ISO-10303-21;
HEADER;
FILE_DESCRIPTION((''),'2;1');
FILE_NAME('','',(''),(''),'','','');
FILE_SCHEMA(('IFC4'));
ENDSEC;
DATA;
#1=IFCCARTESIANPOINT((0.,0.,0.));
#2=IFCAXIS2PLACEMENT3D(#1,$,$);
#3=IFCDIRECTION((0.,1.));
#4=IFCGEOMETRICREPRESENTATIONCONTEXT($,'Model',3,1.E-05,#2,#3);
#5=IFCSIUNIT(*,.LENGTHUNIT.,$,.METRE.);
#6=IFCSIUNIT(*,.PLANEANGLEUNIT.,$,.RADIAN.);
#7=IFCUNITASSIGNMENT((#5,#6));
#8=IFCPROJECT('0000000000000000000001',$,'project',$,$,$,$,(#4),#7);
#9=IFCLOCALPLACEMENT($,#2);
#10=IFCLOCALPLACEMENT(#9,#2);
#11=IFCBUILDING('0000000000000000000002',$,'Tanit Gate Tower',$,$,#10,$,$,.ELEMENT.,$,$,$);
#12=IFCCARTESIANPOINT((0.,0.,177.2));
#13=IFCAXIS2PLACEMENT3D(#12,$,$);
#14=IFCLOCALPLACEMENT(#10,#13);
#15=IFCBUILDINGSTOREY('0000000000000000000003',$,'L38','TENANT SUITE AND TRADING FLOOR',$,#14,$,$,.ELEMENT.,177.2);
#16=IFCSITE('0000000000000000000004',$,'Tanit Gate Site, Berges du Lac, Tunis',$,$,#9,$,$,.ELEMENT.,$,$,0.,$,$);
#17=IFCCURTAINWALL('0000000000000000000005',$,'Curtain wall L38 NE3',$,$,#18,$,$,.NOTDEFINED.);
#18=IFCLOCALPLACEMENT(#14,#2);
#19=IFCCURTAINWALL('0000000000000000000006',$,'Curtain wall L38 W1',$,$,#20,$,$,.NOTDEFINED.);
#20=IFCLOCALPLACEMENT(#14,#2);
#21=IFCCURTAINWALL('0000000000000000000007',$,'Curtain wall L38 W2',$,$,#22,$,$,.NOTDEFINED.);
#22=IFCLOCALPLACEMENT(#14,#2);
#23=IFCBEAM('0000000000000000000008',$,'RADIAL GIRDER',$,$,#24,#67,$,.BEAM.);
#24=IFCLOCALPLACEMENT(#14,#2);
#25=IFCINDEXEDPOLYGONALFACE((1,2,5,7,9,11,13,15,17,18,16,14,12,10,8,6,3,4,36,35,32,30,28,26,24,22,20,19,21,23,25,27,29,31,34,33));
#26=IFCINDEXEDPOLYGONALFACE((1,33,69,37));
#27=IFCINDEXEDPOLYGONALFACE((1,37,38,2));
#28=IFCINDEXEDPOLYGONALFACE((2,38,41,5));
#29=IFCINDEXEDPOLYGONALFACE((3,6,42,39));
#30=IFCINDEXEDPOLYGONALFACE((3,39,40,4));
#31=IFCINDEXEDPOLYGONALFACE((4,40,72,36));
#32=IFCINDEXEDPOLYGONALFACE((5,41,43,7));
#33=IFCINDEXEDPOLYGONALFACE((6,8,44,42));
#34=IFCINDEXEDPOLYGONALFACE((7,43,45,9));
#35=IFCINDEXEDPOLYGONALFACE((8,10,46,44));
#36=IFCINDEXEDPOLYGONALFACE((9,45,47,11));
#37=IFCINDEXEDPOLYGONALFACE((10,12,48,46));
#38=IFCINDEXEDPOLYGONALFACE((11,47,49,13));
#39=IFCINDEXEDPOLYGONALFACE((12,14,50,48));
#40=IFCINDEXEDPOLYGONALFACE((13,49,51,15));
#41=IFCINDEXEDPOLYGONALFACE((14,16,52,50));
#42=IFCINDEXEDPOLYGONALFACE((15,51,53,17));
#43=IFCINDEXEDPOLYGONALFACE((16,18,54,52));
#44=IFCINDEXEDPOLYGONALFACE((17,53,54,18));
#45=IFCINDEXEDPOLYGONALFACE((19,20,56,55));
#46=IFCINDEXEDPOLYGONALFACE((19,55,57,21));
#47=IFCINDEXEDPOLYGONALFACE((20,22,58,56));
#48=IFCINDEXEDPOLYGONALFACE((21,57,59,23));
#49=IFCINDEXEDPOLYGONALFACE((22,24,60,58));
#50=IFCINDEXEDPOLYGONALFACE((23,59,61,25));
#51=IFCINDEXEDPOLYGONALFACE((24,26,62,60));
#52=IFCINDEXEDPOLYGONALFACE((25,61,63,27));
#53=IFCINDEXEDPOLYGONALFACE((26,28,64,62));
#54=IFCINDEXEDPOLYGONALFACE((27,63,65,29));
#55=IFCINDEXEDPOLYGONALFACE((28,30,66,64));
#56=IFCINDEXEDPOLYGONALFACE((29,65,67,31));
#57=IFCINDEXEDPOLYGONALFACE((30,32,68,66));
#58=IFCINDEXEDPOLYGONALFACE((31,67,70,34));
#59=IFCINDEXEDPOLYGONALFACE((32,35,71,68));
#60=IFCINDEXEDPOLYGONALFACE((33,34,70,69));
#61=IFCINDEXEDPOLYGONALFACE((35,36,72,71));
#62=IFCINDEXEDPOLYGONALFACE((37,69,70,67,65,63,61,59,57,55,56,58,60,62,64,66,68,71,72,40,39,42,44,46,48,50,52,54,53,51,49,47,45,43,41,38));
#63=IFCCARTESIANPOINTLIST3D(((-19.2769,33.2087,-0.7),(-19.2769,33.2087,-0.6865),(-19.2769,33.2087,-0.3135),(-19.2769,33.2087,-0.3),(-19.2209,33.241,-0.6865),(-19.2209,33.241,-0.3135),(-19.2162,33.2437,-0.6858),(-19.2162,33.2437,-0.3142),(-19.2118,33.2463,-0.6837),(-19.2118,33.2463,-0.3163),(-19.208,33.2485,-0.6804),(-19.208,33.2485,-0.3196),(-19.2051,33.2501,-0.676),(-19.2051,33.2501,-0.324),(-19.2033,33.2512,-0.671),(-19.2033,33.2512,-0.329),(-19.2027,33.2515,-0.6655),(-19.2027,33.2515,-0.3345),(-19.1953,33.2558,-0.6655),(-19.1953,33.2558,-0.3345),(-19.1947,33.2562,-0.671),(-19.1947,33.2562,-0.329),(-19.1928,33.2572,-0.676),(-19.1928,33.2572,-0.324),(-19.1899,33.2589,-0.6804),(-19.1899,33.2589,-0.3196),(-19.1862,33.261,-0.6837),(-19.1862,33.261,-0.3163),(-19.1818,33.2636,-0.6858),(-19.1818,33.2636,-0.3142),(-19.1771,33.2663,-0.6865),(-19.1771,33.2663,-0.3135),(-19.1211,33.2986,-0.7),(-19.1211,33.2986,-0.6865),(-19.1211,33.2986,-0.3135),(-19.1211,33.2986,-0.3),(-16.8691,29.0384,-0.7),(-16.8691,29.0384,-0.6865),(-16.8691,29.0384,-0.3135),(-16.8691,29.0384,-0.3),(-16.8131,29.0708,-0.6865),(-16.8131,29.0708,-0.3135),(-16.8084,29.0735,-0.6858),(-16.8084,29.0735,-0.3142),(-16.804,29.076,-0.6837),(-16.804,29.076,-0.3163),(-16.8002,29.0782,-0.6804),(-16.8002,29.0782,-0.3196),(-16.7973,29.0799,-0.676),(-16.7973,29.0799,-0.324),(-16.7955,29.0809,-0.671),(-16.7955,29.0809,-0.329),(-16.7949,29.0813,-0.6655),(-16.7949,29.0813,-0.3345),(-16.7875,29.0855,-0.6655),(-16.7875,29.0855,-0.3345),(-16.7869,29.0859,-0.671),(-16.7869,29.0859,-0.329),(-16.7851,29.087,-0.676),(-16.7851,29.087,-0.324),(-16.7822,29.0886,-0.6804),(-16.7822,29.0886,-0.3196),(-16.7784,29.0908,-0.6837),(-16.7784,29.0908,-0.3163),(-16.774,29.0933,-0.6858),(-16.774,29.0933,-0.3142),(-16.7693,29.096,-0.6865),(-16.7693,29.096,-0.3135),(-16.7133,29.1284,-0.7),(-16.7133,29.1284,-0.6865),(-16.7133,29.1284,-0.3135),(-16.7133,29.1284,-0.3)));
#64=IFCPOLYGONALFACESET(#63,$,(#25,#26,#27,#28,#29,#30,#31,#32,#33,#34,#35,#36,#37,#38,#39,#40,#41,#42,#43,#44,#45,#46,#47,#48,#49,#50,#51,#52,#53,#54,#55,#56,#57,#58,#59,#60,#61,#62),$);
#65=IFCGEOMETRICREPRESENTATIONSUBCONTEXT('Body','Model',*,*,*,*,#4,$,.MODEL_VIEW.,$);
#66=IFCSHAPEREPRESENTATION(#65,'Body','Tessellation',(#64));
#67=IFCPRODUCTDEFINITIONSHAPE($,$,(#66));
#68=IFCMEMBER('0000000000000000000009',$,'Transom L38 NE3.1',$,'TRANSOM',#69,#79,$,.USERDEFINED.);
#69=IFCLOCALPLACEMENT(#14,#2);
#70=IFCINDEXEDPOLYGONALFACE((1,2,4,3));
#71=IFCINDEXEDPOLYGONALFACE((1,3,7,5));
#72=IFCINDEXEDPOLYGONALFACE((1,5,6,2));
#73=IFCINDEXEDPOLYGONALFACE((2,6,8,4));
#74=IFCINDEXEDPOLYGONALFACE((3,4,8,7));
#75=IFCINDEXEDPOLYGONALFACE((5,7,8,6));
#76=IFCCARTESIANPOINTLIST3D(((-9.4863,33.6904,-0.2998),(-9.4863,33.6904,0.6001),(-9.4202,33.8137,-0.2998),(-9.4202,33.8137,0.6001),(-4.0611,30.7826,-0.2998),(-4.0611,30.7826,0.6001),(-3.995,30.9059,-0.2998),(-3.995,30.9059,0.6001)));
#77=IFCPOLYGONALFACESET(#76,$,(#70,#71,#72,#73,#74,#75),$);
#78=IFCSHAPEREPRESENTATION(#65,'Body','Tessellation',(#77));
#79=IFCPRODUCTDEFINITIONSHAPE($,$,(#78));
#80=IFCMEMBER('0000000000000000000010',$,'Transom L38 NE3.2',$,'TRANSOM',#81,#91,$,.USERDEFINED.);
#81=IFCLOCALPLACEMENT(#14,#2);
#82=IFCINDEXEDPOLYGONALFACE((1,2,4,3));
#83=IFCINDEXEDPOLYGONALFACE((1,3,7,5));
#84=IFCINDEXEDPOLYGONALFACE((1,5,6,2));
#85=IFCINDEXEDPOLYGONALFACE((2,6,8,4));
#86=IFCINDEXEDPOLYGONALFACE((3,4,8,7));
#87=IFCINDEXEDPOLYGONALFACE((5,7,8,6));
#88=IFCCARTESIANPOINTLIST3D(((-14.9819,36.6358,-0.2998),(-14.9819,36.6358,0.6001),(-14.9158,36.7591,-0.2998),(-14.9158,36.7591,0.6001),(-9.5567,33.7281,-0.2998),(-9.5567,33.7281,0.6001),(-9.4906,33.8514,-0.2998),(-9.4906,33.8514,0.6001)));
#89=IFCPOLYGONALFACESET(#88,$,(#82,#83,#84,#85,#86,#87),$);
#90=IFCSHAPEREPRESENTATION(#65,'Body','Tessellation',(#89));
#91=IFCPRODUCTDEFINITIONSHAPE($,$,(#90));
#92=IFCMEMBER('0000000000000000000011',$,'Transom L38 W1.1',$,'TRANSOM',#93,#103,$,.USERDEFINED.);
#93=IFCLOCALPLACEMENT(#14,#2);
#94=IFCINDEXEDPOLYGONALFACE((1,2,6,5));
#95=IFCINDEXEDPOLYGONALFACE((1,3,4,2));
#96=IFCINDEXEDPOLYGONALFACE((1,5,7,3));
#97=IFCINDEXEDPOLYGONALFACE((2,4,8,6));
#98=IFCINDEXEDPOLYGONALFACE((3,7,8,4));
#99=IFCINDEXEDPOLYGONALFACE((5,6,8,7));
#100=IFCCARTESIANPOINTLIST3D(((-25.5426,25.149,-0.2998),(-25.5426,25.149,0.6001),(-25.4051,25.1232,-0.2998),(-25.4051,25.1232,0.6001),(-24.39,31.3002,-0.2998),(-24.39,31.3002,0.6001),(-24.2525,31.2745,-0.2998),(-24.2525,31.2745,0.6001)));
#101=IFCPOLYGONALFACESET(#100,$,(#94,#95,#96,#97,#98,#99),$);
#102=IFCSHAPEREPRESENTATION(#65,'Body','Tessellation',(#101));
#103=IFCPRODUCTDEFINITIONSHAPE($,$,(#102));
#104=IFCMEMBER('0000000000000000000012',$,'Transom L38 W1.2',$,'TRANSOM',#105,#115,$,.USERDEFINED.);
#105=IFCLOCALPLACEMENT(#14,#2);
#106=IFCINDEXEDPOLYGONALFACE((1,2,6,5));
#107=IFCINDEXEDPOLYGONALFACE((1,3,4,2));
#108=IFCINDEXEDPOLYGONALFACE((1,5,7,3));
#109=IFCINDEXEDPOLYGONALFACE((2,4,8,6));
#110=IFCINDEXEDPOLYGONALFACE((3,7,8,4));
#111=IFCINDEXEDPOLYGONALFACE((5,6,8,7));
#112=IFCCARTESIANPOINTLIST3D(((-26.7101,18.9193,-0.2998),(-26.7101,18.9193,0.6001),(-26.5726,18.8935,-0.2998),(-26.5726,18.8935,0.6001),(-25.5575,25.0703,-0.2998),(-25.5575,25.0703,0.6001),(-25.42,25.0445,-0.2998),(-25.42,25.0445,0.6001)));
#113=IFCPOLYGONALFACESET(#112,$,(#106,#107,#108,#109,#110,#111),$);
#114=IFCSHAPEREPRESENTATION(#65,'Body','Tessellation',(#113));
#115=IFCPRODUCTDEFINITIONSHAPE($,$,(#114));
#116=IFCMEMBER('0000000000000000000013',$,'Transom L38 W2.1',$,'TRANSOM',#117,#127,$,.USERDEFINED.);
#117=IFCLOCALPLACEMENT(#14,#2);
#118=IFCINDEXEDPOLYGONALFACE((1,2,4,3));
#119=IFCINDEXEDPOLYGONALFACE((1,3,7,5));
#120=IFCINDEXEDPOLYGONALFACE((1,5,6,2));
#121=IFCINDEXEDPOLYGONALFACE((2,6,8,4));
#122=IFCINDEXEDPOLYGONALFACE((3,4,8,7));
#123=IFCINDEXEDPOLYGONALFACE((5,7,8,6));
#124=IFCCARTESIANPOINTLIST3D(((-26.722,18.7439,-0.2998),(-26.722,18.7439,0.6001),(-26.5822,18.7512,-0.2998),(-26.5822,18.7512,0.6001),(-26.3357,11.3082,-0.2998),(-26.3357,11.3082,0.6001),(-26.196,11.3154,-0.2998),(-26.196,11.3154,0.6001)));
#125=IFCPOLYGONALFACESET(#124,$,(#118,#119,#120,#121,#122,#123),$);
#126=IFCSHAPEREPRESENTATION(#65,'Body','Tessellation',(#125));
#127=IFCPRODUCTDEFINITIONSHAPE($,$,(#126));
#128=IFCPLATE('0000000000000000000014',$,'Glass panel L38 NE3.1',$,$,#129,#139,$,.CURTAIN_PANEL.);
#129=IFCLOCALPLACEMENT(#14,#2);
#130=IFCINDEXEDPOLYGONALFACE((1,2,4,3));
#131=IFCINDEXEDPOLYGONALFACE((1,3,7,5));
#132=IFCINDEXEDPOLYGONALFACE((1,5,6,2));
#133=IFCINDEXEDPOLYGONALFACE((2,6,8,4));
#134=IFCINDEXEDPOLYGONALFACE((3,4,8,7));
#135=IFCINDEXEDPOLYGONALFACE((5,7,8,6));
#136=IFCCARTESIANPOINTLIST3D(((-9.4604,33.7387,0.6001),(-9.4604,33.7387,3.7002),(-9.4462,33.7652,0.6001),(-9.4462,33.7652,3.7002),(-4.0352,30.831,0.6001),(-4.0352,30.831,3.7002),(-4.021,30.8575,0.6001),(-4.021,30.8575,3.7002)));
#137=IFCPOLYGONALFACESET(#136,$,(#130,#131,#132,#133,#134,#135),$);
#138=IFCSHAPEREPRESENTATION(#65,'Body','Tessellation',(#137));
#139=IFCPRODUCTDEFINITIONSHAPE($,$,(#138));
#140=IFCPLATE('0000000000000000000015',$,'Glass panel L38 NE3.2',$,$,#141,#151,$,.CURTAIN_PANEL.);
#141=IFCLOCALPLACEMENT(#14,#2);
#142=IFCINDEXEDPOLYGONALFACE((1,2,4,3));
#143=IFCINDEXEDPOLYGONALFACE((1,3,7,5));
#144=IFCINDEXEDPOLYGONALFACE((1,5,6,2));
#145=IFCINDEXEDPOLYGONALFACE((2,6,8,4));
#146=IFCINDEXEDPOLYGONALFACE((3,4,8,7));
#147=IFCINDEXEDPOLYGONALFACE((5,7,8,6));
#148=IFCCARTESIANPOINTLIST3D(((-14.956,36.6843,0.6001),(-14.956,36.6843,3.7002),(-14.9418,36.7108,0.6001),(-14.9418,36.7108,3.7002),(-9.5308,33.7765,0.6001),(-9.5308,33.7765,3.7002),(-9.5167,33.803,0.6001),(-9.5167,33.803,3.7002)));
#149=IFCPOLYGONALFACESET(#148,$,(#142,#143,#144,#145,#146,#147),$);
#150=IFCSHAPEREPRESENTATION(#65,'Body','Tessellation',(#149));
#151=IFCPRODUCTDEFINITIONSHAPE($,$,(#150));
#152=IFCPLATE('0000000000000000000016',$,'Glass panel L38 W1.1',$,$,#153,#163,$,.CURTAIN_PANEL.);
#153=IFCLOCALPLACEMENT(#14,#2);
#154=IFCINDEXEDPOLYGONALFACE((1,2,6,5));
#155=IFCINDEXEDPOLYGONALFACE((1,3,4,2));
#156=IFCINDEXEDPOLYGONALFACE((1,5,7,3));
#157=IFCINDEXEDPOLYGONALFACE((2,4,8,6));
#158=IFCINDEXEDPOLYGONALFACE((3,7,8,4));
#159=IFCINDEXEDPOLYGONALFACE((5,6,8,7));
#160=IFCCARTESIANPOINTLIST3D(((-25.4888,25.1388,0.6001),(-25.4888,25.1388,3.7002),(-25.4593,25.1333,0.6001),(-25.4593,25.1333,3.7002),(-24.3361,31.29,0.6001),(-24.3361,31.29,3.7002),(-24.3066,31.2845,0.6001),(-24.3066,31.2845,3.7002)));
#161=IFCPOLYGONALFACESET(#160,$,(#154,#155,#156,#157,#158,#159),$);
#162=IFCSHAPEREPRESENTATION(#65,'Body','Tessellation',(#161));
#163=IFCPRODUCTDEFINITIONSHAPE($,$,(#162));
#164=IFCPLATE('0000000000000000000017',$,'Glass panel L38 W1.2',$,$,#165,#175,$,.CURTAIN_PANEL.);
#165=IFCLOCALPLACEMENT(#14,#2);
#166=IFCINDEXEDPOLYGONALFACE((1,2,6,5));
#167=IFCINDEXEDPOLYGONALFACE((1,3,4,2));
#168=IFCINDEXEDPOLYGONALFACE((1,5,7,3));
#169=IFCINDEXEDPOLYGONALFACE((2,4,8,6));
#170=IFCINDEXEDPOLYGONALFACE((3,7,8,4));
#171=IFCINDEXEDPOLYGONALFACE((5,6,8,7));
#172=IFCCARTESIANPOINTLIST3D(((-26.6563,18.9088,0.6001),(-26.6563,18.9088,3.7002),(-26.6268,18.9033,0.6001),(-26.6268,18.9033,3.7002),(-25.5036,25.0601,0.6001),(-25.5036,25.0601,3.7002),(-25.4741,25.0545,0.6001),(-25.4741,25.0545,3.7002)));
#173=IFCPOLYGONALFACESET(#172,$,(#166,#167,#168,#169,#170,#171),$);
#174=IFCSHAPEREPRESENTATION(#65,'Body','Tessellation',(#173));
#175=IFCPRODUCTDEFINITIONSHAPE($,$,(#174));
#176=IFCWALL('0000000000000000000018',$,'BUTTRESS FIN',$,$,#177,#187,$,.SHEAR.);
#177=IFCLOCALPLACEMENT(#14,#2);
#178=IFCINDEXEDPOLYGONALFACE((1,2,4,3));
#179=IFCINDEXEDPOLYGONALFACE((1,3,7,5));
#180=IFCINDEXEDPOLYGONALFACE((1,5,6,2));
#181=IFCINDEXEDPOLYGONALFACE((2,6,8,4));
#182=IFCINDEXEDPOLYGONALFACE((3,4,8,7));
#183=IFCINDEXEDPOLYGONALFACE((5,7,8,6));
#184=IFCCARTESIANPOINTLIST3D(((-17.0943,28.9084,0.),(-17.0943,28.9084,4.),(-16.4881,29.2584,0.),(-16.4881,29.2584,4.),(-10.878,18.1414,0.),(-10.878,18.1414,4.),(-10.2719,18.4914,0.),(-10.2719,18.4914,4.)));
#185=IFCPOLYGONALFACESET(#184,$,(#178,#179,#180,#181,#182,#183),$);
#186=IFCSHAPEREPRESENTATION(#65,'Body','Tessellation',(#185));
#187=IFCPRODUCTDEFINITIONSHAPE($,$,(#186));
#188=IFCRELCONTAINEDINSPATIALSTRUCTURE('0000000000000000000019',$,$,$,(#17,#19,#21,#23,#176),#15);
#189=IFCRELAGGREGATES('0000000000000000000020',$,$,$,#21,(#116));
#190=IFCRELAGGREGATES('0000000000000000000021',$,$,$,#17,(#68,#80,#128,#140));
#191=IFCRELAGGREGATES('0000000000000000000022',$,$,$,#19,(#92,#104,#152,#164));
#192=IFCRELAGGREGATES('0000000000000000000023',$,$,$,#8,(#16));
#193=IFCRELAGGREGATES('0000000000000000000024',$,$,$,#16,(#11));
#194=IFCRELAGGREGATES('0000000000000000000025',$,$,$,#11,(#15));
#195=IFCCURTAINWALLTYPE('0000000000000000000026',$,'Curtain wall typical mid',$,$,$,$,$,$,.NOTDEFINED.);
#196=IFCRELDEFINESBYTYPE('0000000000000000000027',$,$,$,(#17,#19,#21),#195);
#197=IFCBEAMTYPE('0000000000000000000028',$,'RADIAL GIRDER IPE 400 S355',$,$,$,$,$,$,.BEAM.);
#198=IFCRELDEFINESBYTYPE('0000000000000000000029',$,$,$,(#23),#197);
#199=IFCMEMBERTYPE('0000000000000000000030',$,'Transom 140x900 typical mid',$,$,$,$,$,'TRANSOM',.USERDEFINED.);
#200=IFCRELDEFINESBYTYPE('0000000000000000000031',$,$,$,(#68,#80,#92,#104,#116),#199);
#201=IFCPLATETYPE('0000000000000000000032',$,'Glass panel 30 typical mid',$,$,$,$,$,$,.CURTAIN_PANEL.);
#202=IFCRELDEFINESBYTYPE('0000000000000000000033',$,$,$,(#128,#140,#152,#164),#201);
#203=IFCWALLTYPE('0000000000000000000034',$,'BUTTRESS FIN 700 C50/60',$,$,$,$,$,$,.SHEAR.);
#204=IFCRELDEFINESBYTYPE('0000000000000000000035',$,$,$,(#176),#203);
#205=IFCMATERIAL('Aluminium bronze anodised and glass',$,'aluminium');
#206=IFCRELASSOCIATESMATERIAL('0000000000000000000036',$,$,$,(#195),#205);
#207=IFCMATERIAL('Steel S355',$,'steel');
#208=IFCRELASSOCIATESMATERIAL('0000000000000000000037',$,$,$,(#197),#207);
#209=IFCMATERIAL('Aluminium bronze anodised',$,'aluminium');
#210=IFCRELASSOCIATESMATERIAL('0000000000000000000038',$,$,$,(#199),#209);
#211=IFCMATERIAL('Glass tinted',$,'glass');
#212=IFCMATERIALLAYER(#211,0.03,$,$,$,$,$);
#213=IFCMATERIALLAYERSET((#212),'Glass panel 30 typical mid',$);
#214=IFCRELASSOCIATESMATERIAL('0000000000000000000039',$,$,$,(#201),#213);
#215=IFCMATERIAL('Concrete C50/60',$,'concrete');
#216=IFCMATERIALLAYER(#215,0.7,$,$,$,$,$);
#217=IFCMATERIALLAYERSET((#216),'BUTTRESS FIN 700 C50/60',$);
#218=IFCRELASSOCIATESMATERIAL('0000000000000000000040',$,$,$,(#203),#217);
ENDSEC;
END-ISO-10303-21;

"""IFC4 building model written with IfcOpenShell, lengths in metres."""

from ifc_helpers import new_model, si_unit, direction, frame, frame_2d, origin, origin_2d, place, context, subcontext, project, spatial, rectangle, i_section, extrude, material, layer, layer_set, material_profile, profile_set, type_object, element, aggregate, save


model = new_model("IFC4")

# Units and contexts
model_context = context("Model", 3, precision=1e-05, world=origin(), true_north=direction((0.0, 1.0)))
body_context = subcontext(model_context, "Body", "Model", "MODEL_VIEW")
ifc_project = project(units=[si_unit("LENGTHUNIT", "METRE"), si_unit("PLANEANGLEUNIT", "RADIAN")], contexts=[model_context])

# Site, building, storey
site_placement = place(None, origin())
site = spatial("IfcSite", under=ifc_project, at=site_placement, Name="Tanit Gate Site, Berges du Lac, Tunis", CompositionType="ELEMENT", RefElevation=0.0)
building_placement = place(site_placement, origin())
building = spatial("IfcBuilding", under=site, at=building_placement, Name="Tanit Gate Tower", CompositionType="ELEMENT")
storey_placement = place(building_placement, frame((0.0, 0.0, 177.2)))
storey = spatial("IfcBuildingStorey", under=building, at=storey_placement, Name="L38", Description="TENANT SUITE AND TRADING FLOOR", CompositionType="ELEMENT", Elevation=177.2)

# Curtain wall
ifc_material_1 = material(Name="Aluminium bronze anodised and glass", Category="aluminium")
curtain_wall_type = type_object("IfcCurtainWallType", Name="Curtain wall typical mid", PredefinedType="NOTDEFINED", material=ifc_material_1)
curtain_wall_1_placement = place(storey_placement, origin())
curtain_wall_1 = element("IfcCurtainWall", 1, at=curtain_wall_1_placement, inside=storey, type_object=curtain_wall_type, Name="Curtain wall L38 NE3", PredefinedType="NOTDEFINED")

# Curtain walls
curtain_wall_2_placement = place(storey_placement, origin())
curtain_wall_2 = element("IfcCurtainWall", 2, at=curtain_wall_2_placement, inside=storey, type_object=curtain_wall_type, Name="Curtain wall L38 W1", PredefinedType="NOTDEFINED")
curtain_wall_3_placement = place(storey_placement, origin())
curtain_wall_3 = element("IfcCurtainWall", 3, at=curtain_wall_3_placement, inside=storey, type_object=curtain_wall_type, Name="Curtain wall L38 W2", PredefinedType="NOTDEFINED")

# Beam
ifc_material_2 = material(Name="Steel S355", Category="steel")
ifc_material_profile_1 = material_profile(ifc_material_2, i_section(OverallWidth=0.1799, OverallDepth=0.3999, WebThickness=0.0085, FlangeThickness=0.0134, FilletRadius=0.021, at=origin_2d()), Name="IPE 400")
ifc_profile_set_1 = profile_set([ifc_material_profile_1], Name="Steel S355")
beam_type_1 = type_object("IfcBeamType", Name="RADIAL GIRDER IPE 400 S355", PredefinedType="BEAM", material=ifc_profile_set_1)
beam_1_placement = place(storey_placement, frame((-19.199, 33.2537, -0.5), z_axis=(0.500011, -0.866019, 0.0), x_axis=(0.866019, 0.500011, 0.0)))
element("IfcBeam", 4, at=beam_1_placement, inside=storey, type_object=beam_type_1, Name="RADIAL GIRDER", PredefinedType="BEAM", context=body_context, shape_type="SweptSolid", body=[
    extrude(i_section(OverallWidth=0.1799, OverallDepth=0.3999, WebThickness=0.0085, FlangeThickness=0.0134, FilletRadius=0.021, at=origin_2d()), origin(), (0.0, 0.0, 1.0), 4.8154),
])

# Members
ifc_material_3 = material(Name="Aluminium bronze anodised", Category="aluminium")
ifc_material_profile_2 = material_profile(ifc_material_3, rectangle(XDim=0.1399, YDim=0.8999, at=origin_2d()), Name="140x900 bronze transom")
ifc_profile_set_2 = profile_set([ifc_material_profile_2], Name="Aluminium bronze anodised")
member_type_1 = type_object("IfcMemberType", Name="Transom 140x900 typical mid", ElementType="TRANSOM", PredefinedType="USERDEFINED", material=ifc_profile_set_2)
member_1_placement = place(storey_placement, frame((-4.0281, 30.8442, 0.1501), z_axis=(-0.881383, 0.472403, 0.0), x_axis=(-0.472403, -0.881383, 0.0)))
member_1 = element("IfcMember", 5, at=member_1_placement, type_object=member_type_1, Name="Transom L38 NE3.1", ObjectType="TRANSOM", PredefinedType="USERDEFINED", context=body_context, shape_type="SweptSolid", body=[
    extrude(rectangle(XDim=0.1399, YDim=0.8999, at=origin_2d()), origin(), (0.0, 0.0, 1.0), 6.1553),
])
member_2_placement = place(storey_placement, frame((-9.5237, 33.7898, 0.1501), z_axis=(-0.881392, 0.472387, 0.0), x_axis=(-0.472387, -0.881392, 0.0)))
member_2 = element("IfcMember", 6, at=member_2_placement, type_object=member_type_1, Name="Transom L38 NE3.2", ObjectType="TRANSOM", PredefinedType="USERDEFINED", context=body_context, shape_type="SweptSolid", body=[
    extrude(rectangle(XDim=0.1399, YDim=0.8999, at=origin_2d()), origin(), (0.0, 0.0, 1.0), 6.1553),
])
member_3_placement = place(storey_placement, frame((-24.3213, 31.2874, 0.1501), z_axis=(-0.184166, -0.982895, 0.0), x_axis=(0.982895, -0.184166, 0.0)))
member_3 = element("IfcMember", 7, at=member_3_placement, type_object=member_type_1, Name="Transom L38 W1.1", ObjectType="TRANSOM", PredefinedType="USERDEFINED", context=body_context, shape_type="SweptSolid", body=[
    extrude(rectangle(XDim=0.1399, YDim=0.8999, at=origin_2d()), origin(), (0.0, 0.0, 1.0), 6.2583),
])
member_4_placement = place(storey_placement, frame((-25.4888, 25.0574, 0.1501), z_axis=(-0.184173, -0.982894, 0.0), x_axis=(0.982894, -0.184173, 0.0)))
member_4 = element("IfcMember", 8, at=member_4_placement, type_object=member_type_1, Name="Transom L38 W1.2", ObjectType="TRANSOM", PredefinedType="USERDEFINED", context=body_context, shape_type="SweptSolid", body=[
    extrude(rectangle(XDim=0.1399, YDim=0.8999, at=origin_2d()), origin(), (0.0, 0.0, 1.0), 6.2581),
])
member_5_placement = place(storey_placement, frame((-26.6521, 18.7476, 0.1501), z_axis=(0.051872, -0.998654, 0.0), x_axis=(0.998654, 0.051872, 0.0)))
member_5 = element("IfcMember", 9, at=member_5_placement, type_object=member_type_1, Name="Transom L38 W2.1", ObjectType="TRANSOM", PredefinedType="USERDEFINED", context=body_context, shape_type="SweptSolid", body=[
    extrude(rectangle(XDim=0.1399, YDim=0.8999, at=origin_2d()), origin(), (0.0, 0.0, 1.0), 7.4458),
])
aggregate(curtain_wall_3, [member_5])

# Plates
ifc_material_4 = material(Name="Glass tinted", Category="glass")
ifc_layer_1 = layer(ifc_material_4, 0.03)
ifc_layer_set_1 = layer_set([ifc_layer_1], Name="Glass panel 30 typical mid")
plate_type = type_object("IfcPlateType", Name="Glass panel 30 typical mid", PredefinedType="CURTAIN_PANEL", material=ifc_layer_set_1)
plate_1_placement = place(storey_placement, frame((-6.7407, 32.2981, 0.6001), z_axis=(0.0, 0.0, 1.0), x_axis=(-0.881385, 0.472399, 0.0)))
plate_1 = element("IfcPlate", 10, at=plate_1_placement, type_object=plate_type, Name="Glass panel L38 NE3.1", PredefinedType="CURTAIN_PANEL", context=body_context, shape_type="SweptSolid", body=[
    extrude(rectangle(XDim=6.1553, YDim=0.03, at=origin_2d()), origin(), (0.0, 0.0, 1.0), 3.1001),
])
plate_2_placement = place(storey_placement, frame((-12.2363, 35.2437, 0.6001), z_axis=(0.0, 0.0, 1.0), x_axis=(-0.881385, 0.472399, 0.0)))
plate_2 = element("IfcPlate", 11, at=plate_2_placement, type_object=plate_type, Name="Glass panel L38 NE3.2", PredefinedType="CURTAIN_PANEL", context=body_context, shape_type="SweptSolid", body=[
    extrude(rectangle(XDim=6.1553, YDim=0.03, at=origin_2d()), origin(), (0.0, 0.0, 1.0), 3.1001),
])
aggregate(curtain_wall_1, [member_1, member_2, plate_1, plate_2])
plate_3_placement = place(storey_placement, frame((-24.8977, 28.2117, 0.6001), z_axis=(0.0, 0.0, 1.0), x_axis=(-0.184196, -0.98289, 0.0)))
plate_3 = element("IfcPlate", 12, at=plate_3_placement, type_object=plate_type, Name="Glass panel L38 W1.1", PredefinedType="CURTAIN_PANEL", context=body_context, shape_type="SweptSolid", body=[
    extrude(rectangle(XDim=6.2583, YDim=0.03, at=origin_2d()), origin(), (0.0, 0.0, 1.0), 3.1001),
])
plate_4_placement = place(storey_placement, frame((-26.0652, 21.9817, 0.6001), z_axis=(0.0, 0.0, 1.0), x_axis=(-0.184196, -0.98289, 0.0)))
plate_4 = element("IfcPlate", 13, at=plate_4_placement, type_object=plate_type, Name="Glass panel L38 W1.2", PredefinedType="CURTAIN_PANEL", context=body_context, shape_type="SweptSolid", body=[
    extrude(rectangle(XDim=6.2583, YDim=0.03, at=origin_2d()), origin(), (0.0, 0.0, 1.0), 3.1001),
])
aggregate(curtain_wall_2, [member_3, member_4, plate_3, plate_4])

# Wall
ifc_material_5 = material(Name="Concrete C50/60", Category="concrete")
ifc_layer_2 = layer(ifc_material_5, 0.7)
ifc_layer_set_2 = layer_set([ifc_layer_2], Name="BUTTRESS FIN 700 C50/60")
wall_type_1 = type_object("IfcWallType", Name="BUTTRESS FIN 700 C50/60", PredefinedType="SHEAR", material=ifc_layer_set_2)
wall_1_placement = place(storey_placement, frame((-10.575, 18.3164, 0.0), z_axis=(0.0, 0.0, 1.0), x_axis=(-0.499996, 0.866028, 0.0)))
element("IfcWall", 14, at=wall_1_placement, inside=storey, type_object=wall_type_1, Name="BUTTRESS FIN", PredefinedType="SHEAR", context=body_context, shape_type="SweptSolid", body=[
    extrude(rectangle(XDim=12.4326, YDim=0.7, at=frame_2d((6.2163, 0.0))), origin(), (0.0, 0.0, 1.0), 4.0),
])

save(model, "model.ifc")
